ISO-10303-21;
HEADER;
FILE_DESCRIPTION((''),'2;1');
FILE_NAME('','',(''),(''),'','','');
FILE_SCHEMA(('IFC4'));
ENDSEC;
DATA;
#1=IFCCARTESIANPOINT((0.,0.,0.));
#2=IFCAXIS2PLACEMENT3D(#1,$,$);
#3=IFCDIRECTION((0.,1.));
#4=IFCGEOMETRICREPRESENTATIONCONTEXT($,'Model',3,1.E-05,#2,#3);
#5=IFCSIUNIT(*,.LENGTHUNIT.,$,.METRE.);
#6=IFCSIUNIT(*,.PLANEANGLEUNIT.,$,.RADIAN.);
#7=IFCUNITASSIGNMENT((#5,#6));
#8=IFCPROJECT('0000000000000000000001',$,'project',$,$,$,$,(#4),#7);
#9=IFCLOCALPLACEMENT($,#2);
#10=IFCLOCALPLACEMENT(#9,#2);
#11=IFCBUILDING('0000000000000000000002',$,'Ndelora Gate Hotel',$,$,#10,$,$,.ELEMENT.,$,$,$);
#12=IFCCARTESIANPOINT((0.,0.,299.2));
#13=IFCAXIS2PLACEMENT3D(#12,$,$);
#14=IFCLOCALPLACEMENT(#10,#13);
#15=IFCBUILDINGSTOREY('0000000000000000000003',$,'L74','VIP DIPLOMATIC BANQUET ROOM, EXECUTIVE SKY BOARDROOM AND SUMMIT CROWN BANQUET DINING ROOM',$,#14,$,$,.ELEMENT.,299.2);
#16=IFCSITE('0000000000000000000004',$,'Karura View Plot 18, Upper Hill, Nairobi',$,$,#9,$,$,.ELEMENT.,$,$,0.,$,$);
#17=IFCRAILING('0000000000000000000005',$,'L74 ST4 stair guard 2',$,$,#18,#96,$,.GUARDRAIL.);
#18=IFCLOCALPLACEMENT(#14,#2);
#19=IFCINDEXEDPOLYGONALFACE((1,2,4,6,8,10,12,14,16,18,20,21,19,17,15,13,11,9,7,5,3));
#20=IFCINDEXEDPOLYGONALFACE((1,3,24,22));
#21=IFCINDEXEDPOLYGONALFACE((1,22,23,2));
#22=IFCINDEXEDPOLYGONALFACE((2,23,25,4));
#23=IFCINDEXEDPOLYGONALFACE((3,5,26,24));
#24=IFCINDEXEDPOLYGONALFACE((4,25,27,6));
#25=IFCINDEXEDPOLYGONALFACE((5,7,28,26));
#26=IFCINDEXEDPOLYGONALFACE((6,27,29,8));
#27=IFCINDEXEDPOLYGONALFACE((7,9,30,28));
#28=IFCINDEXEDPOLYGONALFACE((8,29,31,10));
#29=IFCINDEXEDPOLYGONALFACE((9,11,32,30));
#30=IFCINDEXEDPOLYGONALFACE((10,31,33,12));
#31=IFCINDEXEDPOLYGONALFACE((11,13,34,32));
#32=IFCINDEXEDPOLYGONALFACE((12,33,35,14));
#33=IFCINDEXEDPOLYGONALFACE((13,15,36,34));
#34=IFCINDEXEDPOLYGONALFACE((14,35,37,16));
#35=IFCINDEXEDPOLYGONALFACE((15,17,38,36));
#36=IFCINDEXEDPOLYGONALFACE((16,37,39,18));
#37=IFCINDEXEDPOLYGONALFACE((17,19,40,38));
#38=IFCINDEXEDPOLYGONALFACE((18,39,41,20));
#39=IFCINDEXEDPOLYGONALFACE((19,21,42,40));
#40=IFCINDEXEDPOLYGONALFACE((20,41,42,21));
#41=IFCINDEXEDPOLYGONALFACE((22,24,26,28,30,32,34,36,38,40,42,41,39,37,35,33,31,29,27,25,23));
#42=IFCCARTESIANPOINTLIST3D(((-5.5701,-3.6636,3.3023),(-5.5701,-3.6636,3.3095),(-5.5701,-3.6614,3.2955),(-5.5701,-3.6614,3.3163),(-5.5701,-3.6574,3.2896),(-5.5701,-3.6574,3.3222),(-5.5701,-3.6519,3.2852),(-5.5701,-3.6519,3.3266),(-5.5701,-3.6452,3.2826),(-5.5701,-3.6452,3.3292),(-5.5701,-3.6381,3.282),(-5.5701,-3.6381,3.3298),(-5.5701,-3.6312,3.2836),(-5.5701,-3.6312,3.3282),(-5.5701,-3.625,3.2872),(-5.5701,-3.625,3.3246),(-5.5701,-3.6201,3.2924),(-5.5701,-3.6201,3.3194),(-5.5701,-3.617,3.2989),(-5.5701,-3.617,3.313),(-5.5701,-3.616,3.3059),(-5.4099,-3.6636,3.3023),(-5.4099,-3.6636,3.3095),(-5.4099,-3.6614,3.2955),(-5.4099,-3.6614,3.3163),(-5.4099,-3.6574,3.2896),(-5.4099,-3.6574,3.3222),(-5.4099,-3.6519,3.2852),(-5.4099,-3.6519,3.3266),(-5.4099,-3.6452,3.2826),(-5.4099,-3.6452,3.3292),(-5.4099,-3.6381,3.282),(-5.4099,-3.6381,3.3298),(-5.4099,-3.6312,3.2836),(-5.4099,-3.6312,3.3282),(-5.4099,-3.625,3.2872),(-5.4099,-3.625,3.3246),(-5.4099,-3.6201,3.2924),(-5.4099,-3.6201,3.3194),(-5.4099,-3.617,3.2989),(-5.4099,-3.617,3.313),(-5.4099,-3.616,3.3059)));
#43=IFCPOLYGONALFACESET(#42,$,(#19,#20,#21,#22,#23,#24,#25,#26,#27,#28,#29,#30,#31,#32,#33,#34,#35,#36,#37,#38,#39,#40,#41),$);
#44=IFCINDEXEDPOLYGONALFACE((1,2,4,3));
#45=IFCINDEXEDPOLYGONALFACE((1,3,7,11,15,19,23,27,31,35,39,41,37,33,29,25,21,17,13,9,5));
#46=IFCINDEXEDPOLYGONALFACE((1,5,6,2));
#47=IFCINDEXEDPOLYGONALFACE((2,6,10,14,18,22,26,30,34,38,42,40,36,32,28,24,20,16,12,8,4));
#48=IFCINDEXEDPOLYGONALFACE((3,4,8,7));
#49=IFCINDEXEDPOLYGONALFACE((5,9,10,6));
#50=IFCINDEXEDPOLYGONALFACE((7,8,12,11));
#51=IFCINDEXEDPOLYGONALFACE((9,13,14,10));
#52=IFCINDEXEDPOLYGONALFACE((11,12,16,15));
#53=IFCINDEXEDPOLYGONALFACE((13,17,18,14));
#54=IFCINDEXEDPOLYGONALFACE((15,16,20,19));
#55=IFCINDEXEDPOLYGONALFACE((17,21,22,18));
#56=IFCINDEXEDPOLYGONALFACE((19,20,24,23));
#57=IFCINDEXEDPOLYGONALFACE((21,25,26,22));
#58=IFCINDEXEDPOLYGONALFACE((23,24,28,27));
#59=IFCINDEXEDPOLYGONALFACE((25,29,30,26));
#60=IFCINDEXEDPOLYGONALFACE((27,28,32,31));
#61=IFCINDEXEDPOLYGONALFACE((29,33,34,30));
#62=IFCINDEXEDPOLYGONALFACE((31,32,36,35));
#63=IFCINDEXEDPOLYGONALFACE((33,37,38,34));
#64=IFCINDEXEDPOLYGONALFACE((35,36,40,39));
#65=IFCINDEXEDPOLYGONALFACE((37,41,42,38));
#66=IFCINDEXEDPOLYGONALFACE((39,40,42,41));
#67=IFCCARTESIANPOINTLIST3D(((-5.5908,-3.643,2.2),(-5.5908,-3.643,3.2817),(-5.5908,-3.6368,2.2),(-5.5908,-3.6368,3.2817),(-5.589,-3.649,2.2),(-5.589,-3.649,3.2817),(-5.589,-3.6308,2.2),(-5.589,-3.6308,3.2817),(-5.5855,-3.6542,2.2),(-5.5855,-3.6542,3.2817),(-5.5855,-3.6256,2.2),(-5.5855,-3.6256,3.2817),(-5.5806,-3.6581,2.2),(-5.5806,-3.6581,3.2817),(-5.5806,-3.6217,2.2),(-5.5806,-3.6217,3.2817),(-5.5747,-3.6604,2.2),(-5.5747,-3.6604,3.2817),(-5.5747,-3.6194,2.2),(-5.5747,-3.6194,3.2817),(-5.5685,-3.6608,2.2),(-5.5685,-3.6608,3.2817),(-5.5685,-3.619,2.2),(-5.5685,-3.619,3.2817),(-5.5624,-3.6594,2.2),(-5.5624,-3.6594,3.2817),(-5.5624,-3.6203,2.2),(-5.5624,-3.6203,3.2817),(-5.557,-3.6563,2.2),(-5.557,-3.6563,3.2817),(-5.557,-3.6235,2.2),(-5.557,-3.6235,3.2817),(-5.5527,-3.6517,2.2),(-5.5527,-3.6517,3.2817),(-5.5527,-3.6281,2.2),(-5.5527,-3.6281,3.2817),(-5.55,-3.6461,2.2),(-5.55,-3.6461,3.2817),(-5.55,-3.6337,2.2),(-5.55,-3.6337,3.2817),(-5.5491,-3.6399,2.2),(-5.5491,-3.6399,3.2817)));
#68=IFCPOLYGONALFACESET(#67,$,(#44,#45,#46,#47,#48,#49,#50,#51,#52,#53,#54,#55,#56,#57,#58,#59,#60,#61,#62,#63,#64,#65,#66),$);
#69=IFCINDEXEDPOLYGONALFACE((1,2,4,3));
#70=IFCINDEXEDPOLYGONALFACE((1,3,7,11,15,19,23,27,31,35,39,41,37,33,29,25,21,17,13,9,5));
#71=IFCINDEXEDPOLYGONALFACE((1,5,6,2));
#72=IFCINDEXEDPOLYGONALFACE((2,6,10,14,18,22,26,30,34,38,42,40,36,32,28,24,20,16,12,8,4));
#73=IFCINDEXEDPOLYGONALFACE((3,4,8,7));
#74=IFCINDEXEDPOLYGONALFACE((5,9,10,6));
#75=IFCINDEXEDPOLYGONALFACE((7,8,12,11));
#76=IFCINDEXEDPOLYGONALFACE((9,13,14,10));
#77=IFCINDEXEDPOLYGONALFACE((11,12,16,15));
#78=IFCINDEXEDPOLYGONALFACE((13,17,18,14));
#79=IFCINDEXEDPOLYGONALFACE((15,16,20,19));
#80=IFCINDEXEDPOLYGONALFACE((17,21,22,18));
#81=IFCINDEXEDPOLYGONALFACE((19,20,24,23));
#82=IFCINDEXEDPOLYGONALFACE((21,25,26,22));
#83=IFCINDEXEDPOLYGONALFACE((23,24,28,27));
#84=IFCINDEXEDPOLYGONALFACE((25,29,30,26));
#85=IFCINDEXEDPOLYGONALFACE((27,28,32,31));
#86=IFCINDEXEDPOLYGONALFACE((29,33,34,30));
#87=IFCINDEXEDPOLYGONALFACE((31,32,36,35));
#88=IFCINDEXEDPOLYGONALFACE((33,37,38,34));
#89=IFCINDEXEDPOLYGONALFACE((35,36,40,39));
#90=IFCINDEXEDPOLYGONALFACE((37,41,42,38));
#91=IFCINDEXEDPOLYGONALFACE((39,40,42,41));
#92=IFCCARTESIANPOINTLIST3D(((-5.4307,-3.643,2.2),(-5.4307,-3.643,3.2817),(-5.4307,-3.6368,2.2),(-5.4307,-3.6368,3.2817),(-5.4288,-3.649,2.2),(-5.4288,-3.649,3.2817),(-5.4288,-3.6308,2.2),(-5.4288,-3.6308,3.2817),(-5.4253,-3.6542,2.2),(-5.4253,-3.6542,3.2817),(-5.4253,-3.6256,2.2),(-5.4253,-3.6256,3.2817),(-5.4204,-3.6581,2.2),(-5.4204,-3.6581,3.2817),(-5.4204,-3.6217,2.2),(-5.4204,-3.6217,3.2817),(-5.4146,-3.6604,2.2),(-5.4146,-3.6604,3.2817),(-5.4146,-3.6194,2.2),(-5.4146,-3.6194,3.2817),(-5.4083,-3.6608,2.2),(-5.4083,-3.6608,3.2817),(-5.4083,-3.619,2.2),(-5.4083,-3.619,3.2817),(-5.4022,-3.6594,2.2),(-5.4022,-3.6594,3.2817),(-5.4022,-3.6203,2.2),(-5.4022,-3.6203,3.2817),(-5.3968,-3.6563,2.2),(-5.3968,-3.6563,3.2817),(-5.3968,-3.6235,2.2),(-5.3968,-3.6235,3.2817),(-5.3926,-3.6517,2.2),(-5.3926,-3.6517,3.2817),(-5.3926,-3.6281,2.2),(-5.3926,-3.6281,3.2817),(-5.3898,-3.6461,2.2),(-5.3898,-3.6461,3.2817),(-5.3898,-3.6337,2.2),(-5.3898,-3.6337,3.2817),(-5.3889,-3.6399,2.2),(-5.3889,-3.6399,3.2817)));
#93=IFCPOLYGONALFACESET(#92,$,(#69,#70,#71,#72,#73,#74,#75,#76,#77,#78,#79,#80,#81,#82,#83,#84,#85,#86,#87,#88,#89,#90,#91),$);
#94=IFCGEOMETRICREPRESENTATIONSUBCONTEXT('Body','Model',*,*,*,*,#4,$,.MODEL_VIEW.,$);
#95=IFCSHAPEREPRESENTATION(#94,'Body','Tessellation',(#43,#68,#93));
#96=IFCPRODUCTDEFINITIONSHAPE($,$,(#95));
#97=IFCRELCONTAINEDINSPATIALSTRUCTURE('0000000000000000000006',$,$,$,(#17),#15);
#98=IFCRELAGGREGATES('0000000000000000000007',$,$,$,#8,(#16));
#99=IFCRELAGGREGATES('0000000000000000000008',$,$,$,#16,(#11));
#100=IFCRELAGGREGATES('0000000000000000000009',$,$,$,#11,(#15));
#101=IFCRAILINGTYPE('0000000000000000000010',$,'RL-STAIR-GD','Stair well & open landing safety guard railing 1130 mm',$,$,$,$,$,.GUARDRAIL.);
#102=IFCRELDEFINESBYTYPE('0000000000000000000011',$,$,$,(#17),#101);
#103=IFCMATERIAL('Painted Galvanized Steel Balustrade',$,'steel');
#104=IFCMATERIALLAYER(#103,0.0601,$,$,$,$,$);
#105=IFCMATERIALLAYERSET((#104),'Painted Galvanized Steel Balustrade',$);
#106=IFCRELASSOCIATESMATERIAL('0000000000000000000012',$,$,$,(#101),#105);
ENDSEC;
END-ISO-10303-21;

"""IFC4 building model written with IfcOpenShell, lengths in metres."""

from ifc_helpers import new_model, si_unit, direction, frame, origin, origin_2d, place, context, subcontext, project, spatial, circle, extrude, material, layer, layer_set, type_object, element, save


model = new_model("IFC4")

# Units and contexts
model_context = context("Model", 3, precision=1e-05, world=origin(), true_north=direction((0.0, 1.0)))
body_context = subcontext(model_context, "Body", "Model", "MODEL_VIEW")
ifc_project = project(units=[si_unit("LENGTHUNIT", "METRE"), si_unit("PLANEANGLEUNIT", "RADIAN")], contexts=[model_context])

# Site, building, storey
site_placement = place(None, origin())
site = spatial("IfcSite", under=ifc_project, at=site_placement, Name="Karura View Plot 18, Upper Hill, Nairobi", CompositionType="ELEMENT", RefElevation=0.0)
building_placement = place(site_placement, origin())
building = spatial("IfcBuilding", under=site, at=building_placement, Name="Ndelora Gate Hotel", CompositionType="ELEMENT")
storey_placement = place(building_placement, frame((0.0, 0.0, 299.2)))
storey = spatial("IfcBuildingStorey", under=building, at=storey_placement, Name="L74", Description="VIP DIPLOMATIC BANQUET ROOM, EXECUTIVE SKY BOARDROOM AND SUMMIT CROWN BANQUET DINING ROOM", CompositionType="ELEMENT", Elevation=299.2)

# Railing
ifc_material_1 = material(Name="Painted Galvanized Steel Balustrade", Category="steel")
ifc_layer_1 = layer(ifc_material_1, 0.0601)
ifc_layer_set_1 = layer_set([ifc_layer_1], Name="Painted Galvanized Steel Balustrade")
railing_type_1 = type_object("IfcRailingType", Name="RL-STAIR-GD", Description="Stair well & open landing safety guard railing 1130 mm", PredefinedType="GUARDRAIL", material=ifc_layer_set_1)
railing_1_placement = place(storey_placement, frame((-5.5701, -3.6399, 2.2)))
element("IfcRailing", 1, at=railing_1_placement, inside=storey, type_object=railing_type_1, Name="L74 ST4 stair guard 2", PredefinedType="GUARDRAIL", context=body_context, shape_type="SweptSolid", body=[
    extrude(circle(Radius=0.0239, at=origin_2d()), frame((0.0, 0.0, 1.106), z_axis=(1.0, 0.0, 0.0), x_axis=(0.0, 1.0, 0.0)), (0.0, 0.0, 1.0), 0.1602),
    extrude(circle(Radius=0.021, at=origin_2d()), origin(), (0.0, 0.0, 1.0), 1.0818),
    extrude(circle(Radius=0.021, at=origin_2d()), frame((0.1602, 0.0, 0.0)), (0.0, 0.0, 1.0), 1.0818),
])

save(model, "model.ifc")
